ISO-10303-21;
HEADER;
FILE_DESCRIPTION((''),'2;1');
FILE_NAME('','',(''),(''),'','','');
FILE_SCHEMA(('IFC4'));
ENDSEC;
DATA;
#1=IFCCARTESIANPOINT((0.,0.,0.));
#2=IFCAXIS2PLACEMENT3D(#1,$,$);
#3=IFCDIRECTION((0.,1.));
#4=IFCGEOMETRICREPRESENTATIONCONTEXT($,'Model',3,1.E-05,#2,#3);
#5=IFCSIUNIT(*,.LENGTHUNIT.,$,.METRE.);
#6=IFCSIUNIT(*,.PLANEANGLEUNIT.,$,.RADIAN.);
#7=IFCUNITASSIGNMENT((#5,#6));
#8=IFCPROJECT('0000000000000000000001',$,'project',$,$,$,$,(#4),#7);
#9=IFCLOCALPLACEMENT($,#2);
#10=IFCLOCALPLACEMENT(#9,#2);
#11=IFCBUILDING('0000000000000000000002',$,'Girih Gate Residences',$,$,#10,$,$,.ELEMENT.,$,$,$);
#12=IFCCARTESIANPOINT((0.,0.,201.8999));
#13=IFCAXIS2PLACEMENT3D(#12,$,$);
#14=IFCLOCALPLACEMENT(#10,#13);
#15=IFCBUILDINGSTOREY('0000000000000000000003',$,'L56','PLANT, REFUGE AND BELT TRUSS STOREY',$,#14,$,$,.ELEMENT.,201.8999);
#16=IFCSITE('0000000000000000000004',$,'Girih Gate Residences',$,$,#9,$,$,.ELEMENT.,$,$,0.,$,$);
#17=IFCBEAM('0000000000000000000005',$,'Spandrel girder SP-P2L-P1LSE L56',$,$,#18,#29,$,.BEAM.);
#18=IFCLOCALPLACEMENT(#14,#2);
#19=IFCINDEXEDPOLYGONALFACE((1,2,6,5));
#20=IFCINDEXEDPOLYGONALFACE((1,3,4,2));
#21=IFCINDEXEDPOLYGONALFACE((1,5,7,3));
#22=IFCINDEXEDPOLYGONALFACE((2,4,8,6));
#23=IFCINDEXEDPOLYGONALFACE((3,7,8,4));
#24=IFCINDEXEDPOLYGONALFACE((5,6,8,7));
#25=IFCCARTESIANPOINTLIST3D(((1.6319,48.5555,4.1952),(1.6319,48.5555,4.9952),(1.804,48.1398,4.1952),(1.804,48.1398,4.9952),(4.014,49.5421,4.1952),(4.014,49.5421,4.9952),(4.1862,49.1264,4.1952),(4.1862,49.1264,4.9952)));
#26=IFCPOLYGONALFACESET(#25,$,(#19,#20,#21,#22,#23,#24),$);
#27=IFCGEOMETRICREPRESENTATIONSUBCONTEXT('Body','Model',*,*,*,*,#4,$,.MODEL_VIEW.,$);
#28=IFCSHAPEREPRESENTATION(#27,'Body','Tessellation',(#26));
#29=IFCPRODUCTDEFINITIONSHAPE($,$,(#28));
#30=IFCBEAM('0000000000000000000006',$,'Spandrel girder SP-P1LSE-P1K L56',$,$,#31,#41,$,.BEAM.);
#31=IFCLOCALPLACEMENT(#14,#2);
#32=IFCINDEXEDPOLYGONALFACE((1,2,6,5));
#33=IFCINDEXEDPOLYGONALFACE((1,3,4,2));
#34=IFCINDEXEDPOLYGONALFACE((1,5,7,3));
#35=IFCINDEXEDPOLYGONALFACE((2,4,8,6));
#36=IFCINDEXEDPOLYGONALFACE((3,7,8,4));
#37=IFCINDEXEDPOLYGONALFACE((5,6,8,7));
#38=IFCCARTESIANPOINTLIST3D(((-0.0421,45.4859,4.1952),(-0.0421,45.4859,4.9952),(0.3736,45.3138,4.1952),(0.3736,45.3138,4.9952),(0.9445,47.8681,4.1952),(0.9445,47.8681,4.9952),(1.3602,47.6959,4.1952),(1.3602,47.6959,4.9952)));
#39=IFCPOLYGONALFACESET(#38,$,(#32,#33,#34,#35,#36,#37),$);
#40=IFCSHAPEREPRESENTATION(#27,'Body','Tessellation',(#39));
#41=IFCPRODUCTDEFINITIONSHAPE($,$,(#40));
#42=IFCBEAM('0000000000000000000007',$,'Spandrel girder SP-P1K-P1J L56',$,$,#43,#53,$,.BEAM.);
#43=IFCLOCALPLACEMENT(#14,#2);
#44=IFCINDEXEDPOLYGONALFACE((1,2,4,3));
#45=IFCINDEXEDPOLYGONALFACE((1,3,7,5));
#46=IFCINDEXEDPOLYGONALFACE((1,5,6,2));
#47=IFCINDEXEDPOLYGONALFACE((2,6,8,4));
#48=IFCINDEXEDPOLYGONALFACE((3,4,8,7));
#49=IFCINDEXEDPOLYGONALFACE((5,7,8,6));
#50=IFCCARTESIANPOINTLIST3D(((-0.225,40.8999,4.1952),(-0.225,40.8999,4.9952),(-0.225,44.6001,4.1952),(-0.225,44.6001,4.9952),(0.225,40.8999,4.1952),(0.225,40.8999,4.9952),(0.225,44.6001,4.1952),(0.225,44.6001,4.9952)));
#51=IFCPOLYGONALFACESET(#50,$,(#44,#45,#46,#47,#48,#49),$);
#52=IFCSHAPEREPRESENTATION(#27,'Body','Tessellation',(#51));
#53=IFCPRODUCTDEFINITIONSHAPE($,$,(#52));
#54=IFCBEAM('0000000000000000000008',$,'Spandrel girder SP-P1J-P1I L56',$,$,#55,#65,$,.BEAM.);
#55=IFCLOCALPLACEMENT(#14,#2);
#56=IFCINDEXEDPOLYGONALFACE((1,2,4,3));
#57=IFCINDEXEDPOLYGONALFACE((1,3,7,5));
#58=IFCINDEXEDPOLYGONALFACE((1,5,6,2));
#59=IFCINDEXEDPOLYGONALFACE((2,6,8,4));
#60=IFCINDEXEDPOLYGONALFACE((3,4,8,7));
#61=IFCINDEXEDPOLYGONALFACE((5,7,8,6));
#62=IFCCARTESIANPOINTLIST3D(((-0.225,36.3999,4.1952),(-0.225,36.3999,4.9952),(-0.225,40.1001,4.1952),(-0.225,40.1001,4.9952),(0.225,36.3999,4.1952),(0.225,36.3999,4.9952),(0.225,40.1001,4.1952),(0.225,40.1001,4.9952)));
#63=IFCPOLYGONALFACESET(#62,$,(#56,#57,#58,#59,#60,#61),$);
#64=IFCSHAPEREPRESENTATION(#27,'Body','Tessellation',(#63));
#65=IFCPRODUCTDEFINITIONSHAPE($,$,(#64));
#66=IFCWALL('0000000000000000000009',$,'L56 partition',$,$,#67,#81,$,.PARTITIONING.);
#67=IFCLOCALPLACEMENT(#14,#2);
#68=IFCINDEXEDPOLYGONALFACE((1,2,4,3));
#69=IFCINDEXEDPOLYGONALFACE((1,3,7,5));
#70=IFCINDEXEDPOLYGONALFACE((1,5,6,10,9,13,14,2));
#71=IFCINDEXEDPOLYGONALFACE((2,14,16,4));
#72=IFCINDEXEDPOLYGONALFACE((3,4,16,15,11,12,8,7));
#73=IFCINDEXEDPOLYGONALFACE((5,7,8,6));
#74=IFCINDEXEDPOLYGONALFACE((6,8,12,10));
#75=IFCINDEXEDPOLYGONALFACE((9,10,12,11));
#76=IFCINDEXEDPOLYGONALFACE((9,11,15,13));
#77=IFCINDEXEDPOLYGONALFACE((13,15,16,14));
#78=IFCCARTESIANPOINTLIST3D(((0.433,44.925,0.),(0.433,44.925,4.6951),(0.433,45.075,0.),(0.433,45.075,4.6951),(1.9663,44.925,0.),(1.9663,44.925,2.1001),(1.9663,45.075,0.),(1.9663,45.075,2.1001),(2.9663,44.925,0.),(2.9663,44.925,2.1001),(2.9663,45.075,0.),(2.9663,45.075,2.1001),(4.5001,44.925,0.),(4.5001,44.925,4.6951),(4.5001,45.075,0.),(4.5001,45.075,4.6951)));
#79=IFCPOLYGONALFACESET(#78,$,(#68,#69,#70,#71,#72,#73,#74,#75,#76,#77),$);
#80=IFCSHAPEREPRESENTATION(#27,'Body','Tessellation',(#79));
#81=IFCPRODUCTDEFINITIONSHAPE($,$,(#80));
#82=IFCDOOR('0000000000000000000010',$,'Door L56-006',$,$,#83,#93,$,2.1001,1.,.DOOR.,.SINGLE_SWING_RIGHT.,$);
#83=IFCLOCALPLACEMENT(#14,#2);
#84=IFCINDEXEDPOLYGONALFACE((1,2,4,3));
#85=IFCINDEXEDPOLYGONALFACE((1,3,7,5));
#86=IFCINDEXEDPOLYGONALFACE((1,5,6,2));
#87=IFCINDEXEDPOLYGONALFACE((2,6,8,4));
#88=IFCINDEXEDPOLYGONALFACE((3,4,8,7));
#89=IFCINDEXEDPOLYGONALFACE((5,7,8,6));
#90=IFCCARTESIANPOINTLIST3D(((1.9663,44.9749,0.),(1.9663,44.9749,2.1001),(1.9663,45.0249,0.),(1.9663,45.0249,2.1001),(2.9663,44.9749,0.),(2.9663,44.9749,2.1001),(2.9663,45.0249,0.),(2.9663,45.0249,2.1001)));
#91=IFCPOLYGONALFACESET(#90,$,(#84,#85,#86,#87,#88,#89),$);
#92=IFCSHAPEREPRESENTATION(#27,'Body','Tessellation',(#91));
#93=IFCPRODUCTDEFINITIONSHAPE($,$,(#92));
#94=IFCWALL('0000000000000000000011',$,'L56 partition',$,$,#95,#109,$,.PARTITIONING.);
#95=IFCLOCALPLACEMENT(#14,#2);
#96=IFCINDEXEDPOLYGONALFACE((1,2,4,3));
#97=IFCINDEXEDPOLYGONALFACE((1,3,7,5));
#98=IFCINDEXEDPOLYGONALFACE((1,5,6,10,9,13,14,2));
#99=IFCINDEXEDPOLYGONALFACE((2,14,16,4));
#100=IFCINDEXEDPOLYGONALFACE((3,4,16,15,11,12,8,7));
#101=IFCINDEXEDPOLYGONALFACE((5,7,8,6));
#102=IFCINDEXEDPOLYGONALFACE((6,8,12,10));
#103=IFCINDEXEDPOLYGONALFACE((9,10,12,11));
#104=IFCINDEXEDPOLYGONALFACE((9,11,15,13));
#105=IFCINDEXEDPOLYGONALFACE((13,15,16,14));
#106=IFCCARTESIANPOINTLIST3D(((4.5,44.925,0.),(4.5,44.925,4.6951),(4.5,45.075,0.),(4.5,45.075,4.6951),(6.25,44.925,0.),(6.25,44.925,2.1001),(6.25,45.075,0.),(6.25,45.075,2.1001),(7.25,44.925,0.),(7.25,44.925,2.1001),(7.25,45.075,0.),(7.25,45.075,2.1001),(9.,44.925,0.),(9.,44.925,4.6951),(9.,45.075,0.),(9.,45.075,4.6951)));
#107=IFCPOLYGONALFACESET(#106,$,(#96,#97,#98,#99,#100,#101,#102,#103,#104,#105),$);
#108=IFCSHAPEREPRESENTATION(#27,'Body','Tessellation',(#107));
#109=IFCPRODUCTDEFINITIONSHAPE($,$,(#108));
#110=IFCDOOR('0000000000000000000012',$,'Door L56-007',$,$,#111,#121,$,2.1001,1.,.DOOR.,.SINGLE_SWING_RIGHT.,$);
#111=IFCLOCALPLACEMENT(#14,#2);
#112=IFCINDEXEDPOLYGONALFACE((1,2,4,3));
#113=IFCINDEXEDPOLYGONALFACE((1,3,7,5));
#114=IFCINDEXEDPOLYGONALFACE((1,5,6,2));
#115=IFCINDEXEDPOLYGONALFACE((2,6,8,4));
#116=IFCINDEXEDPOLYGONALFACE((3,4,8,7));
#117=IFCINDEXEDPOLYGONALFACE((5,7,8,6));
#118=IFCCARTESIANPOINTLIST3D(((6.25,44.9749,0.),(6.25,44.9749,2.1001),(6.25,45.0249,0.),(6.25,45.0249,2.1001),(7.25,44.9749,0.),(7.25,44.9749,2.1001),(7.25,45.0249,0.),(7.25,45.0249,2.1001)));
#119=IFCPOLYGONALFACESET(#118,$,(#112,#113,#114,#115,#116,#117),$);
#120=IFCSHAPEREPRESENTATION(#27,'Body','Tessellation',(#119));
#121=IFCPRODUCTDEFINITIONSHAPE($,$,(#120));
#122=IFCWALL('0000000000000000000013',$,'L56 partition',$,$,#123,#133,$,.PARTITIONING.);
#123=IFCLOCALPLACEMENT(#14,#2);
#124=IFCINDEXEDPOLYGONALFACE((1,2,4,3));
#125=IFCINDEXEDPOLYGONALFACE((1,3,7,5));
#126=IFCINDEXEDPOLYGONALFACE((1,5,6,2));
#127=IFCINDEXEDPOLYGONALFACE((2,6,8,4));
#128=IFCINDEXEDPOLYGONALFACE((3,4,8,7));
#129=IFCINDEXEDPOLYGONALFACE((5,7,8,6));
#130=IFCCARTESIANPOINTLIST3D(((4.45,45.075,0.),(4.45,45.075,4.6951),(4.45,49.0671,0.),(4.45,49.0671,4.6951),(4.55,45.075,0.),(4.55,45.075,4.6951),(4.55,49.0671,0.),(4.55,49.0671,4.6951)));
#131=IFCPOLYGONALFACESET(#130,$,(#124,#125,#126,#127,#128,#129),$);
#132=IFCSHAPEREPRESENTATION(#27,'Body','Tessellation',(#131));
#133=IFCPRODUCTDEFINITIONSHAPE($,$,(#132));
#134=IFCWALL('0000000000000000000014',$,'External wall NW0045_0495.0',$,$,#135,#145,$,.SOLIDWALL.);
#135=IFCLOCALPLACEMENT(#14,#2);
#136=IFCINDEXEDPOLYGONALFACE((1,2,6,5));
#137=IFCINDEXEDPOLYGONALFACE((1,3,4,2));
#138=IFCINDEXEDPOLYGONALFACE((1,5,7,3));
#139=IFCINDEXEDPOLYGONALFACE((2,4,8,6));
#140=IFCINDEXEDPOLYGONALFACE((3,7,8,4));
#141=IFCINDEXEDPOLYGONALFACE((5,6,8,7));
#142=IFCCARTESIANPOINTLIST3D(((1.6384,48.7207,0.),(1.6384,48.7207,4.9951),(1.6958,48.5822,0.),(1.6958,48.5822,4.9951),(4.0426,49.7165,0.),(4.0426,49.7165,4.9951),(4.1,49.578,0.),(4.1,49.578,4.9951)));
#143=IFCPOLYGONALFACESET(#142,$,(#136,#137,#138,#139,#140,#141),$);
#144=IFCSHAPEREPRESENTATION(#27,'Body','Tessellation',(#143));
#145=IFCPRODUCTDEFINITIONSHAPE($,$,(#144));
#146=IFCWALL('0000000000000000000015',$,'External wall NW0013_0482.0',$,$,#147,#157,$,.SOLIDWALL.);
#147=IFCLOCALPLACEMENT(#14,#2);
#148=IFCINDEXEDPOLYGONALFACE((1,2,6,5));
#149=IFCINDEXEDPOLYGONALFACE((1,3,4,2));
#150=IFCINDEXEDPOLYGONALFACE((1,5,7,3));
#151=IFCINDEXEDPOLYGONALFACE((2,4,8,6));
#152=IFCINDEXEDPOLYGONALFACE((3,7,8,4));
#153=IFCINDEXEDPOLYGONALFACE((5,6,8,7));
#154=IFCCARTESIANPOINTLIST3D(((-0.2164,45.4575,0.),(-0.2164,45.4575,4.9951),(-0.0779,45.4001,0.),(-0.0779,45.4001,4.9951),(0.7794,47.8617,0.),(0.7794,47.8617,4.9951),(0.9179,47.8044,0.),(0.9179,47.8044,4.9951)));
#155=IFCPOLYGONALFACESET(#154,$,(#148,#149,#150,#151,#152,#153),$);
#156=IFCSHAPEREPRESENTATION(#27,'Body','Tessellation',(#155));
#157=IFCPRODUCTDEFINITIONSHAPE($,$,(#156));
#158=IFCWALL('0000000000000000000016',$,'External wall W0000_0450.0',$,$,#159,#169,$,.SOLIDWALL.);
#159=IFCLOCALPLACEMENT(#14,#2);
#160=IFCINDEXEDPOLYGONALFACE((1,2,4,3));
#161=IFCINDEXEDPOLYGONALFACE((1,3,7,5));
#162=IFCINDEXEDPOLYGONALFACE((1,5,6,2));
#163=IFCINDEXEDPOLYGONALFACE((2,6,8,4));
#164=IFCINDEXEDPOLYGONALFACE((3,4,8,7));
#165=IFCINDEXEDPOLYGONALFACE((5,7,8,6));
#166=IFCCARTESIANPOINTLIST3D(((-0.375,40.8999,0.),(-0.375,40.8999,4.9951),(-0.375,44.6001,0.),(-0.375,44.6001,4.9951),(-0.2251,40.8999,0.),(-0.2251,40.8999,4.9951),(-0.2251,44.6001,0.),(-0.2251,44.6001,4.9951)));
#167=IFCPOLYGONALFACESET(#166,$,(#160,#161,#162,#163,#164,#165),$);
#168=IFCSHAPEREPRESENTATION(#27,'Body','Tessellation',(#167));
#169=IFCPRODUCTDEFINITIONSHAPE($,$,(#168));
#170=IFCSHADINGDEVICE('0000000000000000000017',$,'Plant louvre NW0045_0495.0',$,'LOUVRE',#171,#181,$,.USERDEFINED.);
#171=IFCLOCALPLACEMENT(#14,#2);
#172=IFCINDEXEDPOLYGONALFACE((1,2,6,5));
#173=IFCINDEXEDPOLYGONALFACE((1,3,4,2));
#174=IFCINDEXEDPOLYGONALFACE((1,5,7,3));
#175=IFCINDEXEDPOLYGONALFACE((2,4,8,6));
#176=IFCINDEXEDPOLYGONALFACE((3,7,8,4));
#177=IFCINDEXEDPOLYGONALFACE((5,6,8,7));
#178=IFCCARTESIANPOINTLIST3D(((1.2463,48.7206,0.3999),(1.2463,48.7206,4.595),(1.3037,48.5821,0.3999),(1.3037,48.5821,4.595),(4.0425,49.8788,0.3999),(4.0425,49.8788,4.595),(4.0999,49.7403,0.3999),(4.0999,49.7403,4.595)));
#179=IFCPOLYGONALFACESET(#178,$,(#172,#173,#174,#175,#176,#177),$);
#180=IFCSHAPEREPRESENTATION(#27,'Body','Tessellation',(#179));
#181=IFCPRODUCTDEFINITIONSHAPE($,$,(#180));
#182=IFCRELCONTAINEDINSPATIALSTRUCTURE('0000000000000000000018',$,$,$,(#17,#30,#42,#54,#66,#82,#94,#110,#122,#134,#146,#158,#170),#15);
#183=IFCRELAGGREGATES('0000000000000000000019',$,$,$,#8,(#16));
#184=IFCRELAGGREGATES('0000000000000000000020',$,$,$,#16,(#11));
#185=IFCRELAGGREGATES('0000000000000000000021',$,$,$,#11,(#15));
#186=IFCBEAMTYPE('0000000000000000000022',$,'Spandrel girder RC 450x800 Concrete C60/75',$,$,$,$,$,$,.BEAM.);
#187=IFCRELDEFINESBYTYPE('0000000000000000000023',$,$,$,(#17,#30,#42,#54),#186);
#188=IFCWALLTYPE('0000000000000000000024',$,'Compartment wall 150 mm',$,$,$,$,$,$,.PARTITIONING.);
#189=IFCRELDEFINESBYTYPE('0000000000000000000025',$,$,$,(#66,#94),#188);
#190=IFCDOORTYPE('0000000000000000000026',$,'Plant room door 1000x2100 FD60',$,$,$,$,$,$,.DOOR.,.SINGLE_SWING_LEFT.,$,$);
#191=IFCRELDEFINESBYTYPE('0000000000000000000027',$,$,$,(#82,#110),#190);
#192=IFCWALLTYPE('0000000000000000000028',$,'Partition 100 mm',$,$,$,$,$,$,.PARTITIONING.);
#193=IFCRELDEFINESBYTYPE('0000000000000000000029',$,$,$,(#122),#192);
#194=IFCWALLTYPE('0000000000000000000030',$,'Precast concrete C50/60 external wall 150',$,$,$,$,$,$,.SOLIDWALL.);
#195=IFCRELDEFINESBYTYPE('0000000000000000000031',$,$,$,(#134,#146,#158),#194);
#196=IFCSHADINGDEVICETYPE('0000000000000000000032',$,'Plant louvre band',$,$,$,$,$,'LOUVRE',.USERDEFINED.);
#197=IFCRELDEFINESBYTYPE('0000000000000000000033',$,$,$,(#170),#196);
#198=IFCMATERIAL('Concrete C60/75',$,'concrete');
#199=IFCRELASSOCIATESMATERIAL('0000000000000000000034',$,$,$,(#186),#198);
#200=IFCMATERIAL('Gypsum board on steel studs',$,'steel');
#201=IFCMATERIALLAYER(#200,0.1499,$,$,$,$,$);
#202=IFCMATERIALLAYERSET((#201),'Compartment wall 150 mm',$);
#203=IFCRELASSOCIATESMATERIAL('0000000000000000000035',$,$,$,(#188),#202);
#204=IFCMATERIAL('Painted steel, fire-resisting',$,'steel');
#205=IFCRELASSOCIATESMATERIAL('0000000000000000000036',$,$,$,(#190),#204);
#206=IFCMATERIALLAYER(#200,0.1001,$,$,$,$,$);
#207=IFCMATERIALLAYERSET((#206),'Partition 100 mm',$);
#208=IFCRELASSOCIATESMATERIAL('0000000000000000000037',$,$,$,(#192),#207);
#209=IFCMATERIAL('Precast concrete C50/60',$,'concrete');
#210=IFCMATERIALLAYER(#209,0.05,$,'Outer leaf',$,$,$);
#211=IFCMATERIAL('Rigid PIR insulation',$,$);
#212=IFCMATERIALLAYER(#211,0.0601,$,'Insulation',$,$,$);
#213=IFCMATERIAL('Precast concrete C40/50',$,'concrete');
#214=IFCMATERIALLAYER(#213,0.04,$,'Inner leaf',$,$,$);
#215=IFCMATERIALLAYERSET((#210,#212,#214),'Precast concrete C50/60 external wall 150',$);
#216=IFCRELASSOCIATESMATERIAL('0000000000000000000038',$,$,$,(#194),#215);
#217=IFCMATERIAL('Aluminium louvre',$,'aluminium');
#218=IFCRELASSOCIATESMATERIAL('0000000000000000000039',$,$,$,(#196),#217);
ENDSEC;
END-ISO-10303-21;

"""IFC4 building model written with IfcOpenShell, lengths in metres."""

from ifc_helpers import new_model, si_unit, direction, frame, frame_2d, origin, origin_2d, place, context, subcontext, project, spatial, rectangle, extrude, material, layer, layer_set, material_profile, profile_set, type_object, element, fill, save


model = new_model("IFC4")

# Units and contexts
model_context = context("Model", 3, precision=1e-05, world=origin(), true_north=direction((0.0, 1.0)))
body_context = subcontext(model_context, "Body", "Model", "MODEL_VIEW")
ifc_project = project(units=[si_unit("LENGTHUNIT", "METRE"), si_unit("PLANEANGLEUNIT", "RADIAN")], contexts=[model_context])

# Site, building, storey
site_placement = place(None, origin())
site = spatial("IfcSite", under=ifc_project, at=site_placement, Name="Girih Gate Residences", CompositionType="ELEMENT", RefElevation=0.0)
building_placement = place(site_placement, origin())
building = spatial("IfcBuilding", under=site, at=building_placement, Name="Girih Gate Residences", CompositionType="ELEMENT")
storey_placement = place(building_placement, frame((0.0, 0.0, 201.8999)))
storey = spatial("IfcBuildingStorey", under=building, at=storey_placement, Name="L56", Description="PLANT, REFUGE AND BELT TRUSS STOREY", CompositionType="ELEMENT", Elevation=201.8999)

# Shared definitions
ifc_material_1 = material(Name="Concrete C60/75", Category="concrete")

# Beams
ifc_material_profile_1 = material_profile(ifc_material_1, rectangle(XDim=0.45, YDim=0.8, at=origin_2d()))
ifc_profile_set_1 = profile_set([ifc_material_profile_1], Name="Concrete C60/75")
beam_type = type_object("IfcBeamType", Name="Spandrel girder RC 450x800 Concrete C60/75", PredefinedType="BEAM", material=ifc_profile_set_1)
for number, where, z_axis, x_axis, name in (
    (1, (4.1001, 49.3342, 4.5952), (-0.923896, -0.382644, 0.0), (0.382644, -0.923896, 0.0), "Spandrel girder SP-P2L-P1LSE L56"),
    (2, (1.1523, 47.782, 4.5952), (-0.382644, -0.923896, 0.0), (0.923896, -0.382644, 0.0), "Spandrel girder SP-P1LSE-P1K L56"),
):
    element("IfcBeam", number, at=place(storey_placement, frame(where, z_axis=z_axis, x_axis=x_axis)), inside=storey, type_object=beam_type, Name=name, PredefinedType="BEAM", context=body_context, shape_type="SweptSolid", body=[
        extrude(rectangle(XDim=0.45, YDim=0.8, at=origin_2d()), origin(), (0.0, 0.0, 1.0), 2.5784),
    ])
for number, where, z_axis, x_axis, name in (
    (3, (0.0, 44.6001, 4.5952), (0.0, -1.0, 0.0), (1.0, 0.0, 0.0), "Spandrel girder SP-P1K-P1J L56"),
    (4, (0.0, 40.1001, 4.5952), (0.0, -1.0, 0.0), (1.0, 0.0, 0.0), "Spandrel girder SP-P1J-P1I L56"),
):
    element("IfcBeam", number, at=place(storey_placement, frame(where, z_axis=z_axis, x_axis=x_axis)), inside=storey, type_object=beam_type, Name=name, PredefinedType="BEAM", context=body_context, shape_type="SweptSolid", body=[
        extrude(rectangle(XDim=0.45, YDim=0.8, at=origin_2d()), origin(), (0.0, 0.0, 1.0), 3.7002),
    ])

# Walls, openings, doors
ifc_material_2 = material(Name="Gypsum board on steel studs", Category="steel")
ifc_layer_1 = layer(ifc_material_2, 0.1499)
ifc_layer_set_1 = layer_set([ifc_layer_1], Name="Compartment wall 150 mm")
wall_type_1 = type_object("IfcWallType", Name="Compartment wall 150 mm", PredefinedType="PARTITIONING", material=ifc_layer_set_1)
wall_1_placement = place(storey_placement, frame((0.4329, 45.0, 0.0), z_axis=(0.0, 0.0, 1.0), x_axis=(1.0, 0.0, 0.0)))
wall_1 = element("IfcWall", 5, at=wall_1_placement, inside=storey, type_object=wall_type_1, Name="L56 partition", PredefinedType="PARTITIONING", context=body_context, shape_type="SweptSolid", body=[
    extrude(rectangle(XDim=4.0671, YDim=0.1499, at=frame_2d((2.0337, 0.0))), origin(), (0.0, 0.0, 1.0), 4.6951),
])
opening_1_placement = place(wall_1_placement, frame((1.5334, 0.0, 0.0)))
opening_1 = element("IfcOpeningElement", 6, at=opening_1_placement, cuts=wall_1, PredefinedType="OPENING", context=body_context, shape_type="SweptSolid", body=[
    extrude(rectangle(XDim=1.0, YDim=2.1001, at=frame_2d((0.5, 1.05))), frame((0.0, 0.085, 0.0), z_axis=(0.0, -1.0, 0.0), x_axis=(1.0, 0.0, 0.0)), (0.0, 0.0, 1.0), 0.1699),
])
ifc_material_3 = material(Name="Painted steel, fire-resisting", Category="steel")
door_type = type_object("IfcDoorType", Name="Plant room door 1000x2100 FD60", OperationType="SINGLE_SWING_LEFT", PredefinedType="DOOR", material=ifc_material_3)
door_1_placement = place(opening_1_placement, origin())
door_1 = element("IfcDoor", 7, at=door_1_placement, inside=storey, type_object=door_type, Name="Door L56-006", OperationType="SINGLE_SWING_RIGHT", OverallHeight=2.1001, OverallWidth=1.0, PredefinedType="DOOR", context=body_context, shape_type="SweptSolid", body=[
    extrude(rectangle(XDim=1.0, YDim=2.1001, at=frame_2d((0.5, 1.05))), frame((0.0, 0.0249, 0.0), z_axis=(0.0, -1.0, 0.0), x_axis=(1.0, 0.0, 0.0)), (0.0, 0.0, 1.0), 0.05),
])
fill(opening_1, door_1)
wall_2_placement = place(storey_placement, frame((4.5, 45.0, 0.0), z_axis=(0.0, 0.0, 1.0), x_axis=(1.0, 0.0, 0.0)))
wall_2 = element("IfcWall", 8, at=wall_2_placement, inside=storey, type_object=wall_type_1, Name="L56 partition", PredefinedType="PARTITIONING", context=body_context, shape_type="SweptSolid", body=[
    extrude(rectangle(XDim=4.5, YDim=0.1499, at=frame_2d((2.25, 0.0))), origin(), (0.0, 0.0, 1.0), 4.6951),
])
opening_2_placement = place(wall_2_placement, frame((1.75, 0.0, 0.0)))
opening_2 = element("IfcOpeningElement", 9, at=opening_2_placement, cuts=wall_2, PredefinedType="OPENING", context=body_context, shape_type="SweptSolid", body=[
    extrude(rectangle(XDim=1.0, YDim=2.1001, at=frame_2d((0.5, 1.05))), frame((0.0, 0.085, 0.0), z_axis=(0.0, -1.0, 0.0), x_axis=(1.0, 0.0, 0.0)), (0.0, 0.0, 1.0), 0.1699),
])
door_2_placement = place(opening_2_placement, origin())
door_2 = element("IfcDoor", 10, at=door_2_placement, inside=storey, type_object=door_type, Name="Door L56-007", OperationType="SINGLE_SWING_RIGHT", OverallHeight=2.1001, OverallWidth=1.0, PredefinedType="DOOR", context=body_context, shape_type="SweptSolid", body=[
    extrude(rectangle(XDim=1.0, YDim=2.1001, at=frame_2d((0.5, 1.05))), frame((0.0, 0.0249, 0.0), z_axis=(0.0, -1.0, 0.0), x_axis=(1.0, 0.0, 0.0)), (0.0, 0.0, 1.0), 0.05),
])
fill(opening_2, door_2)

# Walls
ifc_layer_2 = layer(ifc_material_2, 0.1001)
ifc_layer_set_2 = layer_set([ifc_layer_2], Name="Partition 100 mm")
wall_type_2 = type_object("IfcWallType", Name="Partition 100 mm", PredefinedType="PARTITIONING", material=ifc_layer_set_2)
wall_3_placement = place(storey_placement, frame((4.5, 45.075, 0.0), z_axis=(0.0, 0.0, 1.0), x_axis=(0.0, 1.0, 0.0)))
element("IfcWall", 11, at=wall_3_placement, inside=storey, type_object=wall_type_2, Name="L56 partition", PredefinedType="PARTITIONING", context=body_context, shape_type="SweptSolid", body=[
    extrude(rectangle(XDim=3.9922, YDim=0.1001, at=frame_2d((1.9961, 0.0))), origin(), (0.0, 0.0, 1.0), 4.6951),
])
ifc_material_4 = material(Name="Precast concrete C50/60", Category="concrete")
ifc_layer_3 = layer(ifc_material_4, 0.05, Name="Outer leaf")
ifc_material_5 = material(Name="Rigid PIR insulation")
ifc_layer_4 = layer(ifc_material_5, 0.0601, Name="Insulation")
ifc_material_6 = material(Name="Precast concrete C40/50", Category="concrete")
ifc_layer_5 = layer(ifc_material_6, 0.04, Name="Inner leaf")
ifc_layer_set_3 = layer_set([ifc_layer_3, ifc_layer_4, ifc_layer_5], Name="Precast concrete C50/60 external wall 150")
wall_type_3 = type_object("IfcWallType", Name="Precast concrete C50/60 external wall 150", PredefinedType="SOLIDWALL", material=ifc_layer_set_3)
for number, where, z_axis, x_axis, name in (
    (12, (1.667, 48.6514, 0.0), (0.0, 0.0, 1.0), (0.923885, 0.382669, 0.0), "External wall NW0045_0495.0"),
    (13, (-0.1472, 45.4287, 0.0), (0.0, 0.0, 1.0), (0.382669, 0.923885, 0.0), "External wall NW0013_0482.0"),
):
    element("IfcWall", number, at=place(storey_placement, frame(where, z_axis=z_axis, x_axis=x_axis)), inside=storey, type_object=wall_type_3, Name=name, PredefinedType="SOLIDWALL", context=body_context, shape_type="SweptSolid", body=[
        extrude(rectangle(XDim=2.6023, YDim=0.1499, at=frame_2d((1.3013, 0.0))), origin(), (0.0, 0.0, 1.0), 4.9951),
    ])
wall_4_placement = place(storey_placement, frame((-0.3, 40.8999, 0.0), z_axis=(0.0, 0.0, 1.0), x_axis=(0.0, 1.0, 0.0)))
element("IfcWall", 14, at=wall_4_placement, inside=storey, type_object=wall_type_3, Name="External wall W0000_0450.0", PredefinedType="SOLIDWALL", context=body_context, shape_type="SweptSolid", body=[
    extrude(rectangle(XDim=3.7002, YDim=0.1499, at=frame_2d((1.8501, 0.0))), origin(), (0.0, 0.0, 1.0), 4.9951),
])

# Shading device
ifc_material_7 = material(Name="Aluminium louvre", Category="aluminium")
shading_device_type = type_object("IfcShadingDeviceType", Name="Plant louvre band", ElementType="LOUVRE", PredefinedType="USERDEFINED", material=ifc_material_7)
for number, where, z_axis, x_axis, name in (
    (15, (2.6731, 49.2305, 0.3999), (0.0, 0.0, 1.0), (-0.92388, -0.382683, 0.0), "Plant louvre NW0045_0495.0"),
):
    element("IfcShadingDevice", number, at=place(storey_placement, frame(where, z_axis=z_axis, x_axis=x_axis)), inside=storey, type_object=shading_device_type, Name=name, ObjectType="LOUVRE", PredefinedType="USERDEFINED", context=body_context, shape_type="SweptSolid", body=[
        extrude(rectangle(XDim=3.0266, YDim=0.1499, at=origin_2d()), origin(), (0.0, 0.0, 1.0), 4.1951),
    ])

save(model, "model.ifc")
